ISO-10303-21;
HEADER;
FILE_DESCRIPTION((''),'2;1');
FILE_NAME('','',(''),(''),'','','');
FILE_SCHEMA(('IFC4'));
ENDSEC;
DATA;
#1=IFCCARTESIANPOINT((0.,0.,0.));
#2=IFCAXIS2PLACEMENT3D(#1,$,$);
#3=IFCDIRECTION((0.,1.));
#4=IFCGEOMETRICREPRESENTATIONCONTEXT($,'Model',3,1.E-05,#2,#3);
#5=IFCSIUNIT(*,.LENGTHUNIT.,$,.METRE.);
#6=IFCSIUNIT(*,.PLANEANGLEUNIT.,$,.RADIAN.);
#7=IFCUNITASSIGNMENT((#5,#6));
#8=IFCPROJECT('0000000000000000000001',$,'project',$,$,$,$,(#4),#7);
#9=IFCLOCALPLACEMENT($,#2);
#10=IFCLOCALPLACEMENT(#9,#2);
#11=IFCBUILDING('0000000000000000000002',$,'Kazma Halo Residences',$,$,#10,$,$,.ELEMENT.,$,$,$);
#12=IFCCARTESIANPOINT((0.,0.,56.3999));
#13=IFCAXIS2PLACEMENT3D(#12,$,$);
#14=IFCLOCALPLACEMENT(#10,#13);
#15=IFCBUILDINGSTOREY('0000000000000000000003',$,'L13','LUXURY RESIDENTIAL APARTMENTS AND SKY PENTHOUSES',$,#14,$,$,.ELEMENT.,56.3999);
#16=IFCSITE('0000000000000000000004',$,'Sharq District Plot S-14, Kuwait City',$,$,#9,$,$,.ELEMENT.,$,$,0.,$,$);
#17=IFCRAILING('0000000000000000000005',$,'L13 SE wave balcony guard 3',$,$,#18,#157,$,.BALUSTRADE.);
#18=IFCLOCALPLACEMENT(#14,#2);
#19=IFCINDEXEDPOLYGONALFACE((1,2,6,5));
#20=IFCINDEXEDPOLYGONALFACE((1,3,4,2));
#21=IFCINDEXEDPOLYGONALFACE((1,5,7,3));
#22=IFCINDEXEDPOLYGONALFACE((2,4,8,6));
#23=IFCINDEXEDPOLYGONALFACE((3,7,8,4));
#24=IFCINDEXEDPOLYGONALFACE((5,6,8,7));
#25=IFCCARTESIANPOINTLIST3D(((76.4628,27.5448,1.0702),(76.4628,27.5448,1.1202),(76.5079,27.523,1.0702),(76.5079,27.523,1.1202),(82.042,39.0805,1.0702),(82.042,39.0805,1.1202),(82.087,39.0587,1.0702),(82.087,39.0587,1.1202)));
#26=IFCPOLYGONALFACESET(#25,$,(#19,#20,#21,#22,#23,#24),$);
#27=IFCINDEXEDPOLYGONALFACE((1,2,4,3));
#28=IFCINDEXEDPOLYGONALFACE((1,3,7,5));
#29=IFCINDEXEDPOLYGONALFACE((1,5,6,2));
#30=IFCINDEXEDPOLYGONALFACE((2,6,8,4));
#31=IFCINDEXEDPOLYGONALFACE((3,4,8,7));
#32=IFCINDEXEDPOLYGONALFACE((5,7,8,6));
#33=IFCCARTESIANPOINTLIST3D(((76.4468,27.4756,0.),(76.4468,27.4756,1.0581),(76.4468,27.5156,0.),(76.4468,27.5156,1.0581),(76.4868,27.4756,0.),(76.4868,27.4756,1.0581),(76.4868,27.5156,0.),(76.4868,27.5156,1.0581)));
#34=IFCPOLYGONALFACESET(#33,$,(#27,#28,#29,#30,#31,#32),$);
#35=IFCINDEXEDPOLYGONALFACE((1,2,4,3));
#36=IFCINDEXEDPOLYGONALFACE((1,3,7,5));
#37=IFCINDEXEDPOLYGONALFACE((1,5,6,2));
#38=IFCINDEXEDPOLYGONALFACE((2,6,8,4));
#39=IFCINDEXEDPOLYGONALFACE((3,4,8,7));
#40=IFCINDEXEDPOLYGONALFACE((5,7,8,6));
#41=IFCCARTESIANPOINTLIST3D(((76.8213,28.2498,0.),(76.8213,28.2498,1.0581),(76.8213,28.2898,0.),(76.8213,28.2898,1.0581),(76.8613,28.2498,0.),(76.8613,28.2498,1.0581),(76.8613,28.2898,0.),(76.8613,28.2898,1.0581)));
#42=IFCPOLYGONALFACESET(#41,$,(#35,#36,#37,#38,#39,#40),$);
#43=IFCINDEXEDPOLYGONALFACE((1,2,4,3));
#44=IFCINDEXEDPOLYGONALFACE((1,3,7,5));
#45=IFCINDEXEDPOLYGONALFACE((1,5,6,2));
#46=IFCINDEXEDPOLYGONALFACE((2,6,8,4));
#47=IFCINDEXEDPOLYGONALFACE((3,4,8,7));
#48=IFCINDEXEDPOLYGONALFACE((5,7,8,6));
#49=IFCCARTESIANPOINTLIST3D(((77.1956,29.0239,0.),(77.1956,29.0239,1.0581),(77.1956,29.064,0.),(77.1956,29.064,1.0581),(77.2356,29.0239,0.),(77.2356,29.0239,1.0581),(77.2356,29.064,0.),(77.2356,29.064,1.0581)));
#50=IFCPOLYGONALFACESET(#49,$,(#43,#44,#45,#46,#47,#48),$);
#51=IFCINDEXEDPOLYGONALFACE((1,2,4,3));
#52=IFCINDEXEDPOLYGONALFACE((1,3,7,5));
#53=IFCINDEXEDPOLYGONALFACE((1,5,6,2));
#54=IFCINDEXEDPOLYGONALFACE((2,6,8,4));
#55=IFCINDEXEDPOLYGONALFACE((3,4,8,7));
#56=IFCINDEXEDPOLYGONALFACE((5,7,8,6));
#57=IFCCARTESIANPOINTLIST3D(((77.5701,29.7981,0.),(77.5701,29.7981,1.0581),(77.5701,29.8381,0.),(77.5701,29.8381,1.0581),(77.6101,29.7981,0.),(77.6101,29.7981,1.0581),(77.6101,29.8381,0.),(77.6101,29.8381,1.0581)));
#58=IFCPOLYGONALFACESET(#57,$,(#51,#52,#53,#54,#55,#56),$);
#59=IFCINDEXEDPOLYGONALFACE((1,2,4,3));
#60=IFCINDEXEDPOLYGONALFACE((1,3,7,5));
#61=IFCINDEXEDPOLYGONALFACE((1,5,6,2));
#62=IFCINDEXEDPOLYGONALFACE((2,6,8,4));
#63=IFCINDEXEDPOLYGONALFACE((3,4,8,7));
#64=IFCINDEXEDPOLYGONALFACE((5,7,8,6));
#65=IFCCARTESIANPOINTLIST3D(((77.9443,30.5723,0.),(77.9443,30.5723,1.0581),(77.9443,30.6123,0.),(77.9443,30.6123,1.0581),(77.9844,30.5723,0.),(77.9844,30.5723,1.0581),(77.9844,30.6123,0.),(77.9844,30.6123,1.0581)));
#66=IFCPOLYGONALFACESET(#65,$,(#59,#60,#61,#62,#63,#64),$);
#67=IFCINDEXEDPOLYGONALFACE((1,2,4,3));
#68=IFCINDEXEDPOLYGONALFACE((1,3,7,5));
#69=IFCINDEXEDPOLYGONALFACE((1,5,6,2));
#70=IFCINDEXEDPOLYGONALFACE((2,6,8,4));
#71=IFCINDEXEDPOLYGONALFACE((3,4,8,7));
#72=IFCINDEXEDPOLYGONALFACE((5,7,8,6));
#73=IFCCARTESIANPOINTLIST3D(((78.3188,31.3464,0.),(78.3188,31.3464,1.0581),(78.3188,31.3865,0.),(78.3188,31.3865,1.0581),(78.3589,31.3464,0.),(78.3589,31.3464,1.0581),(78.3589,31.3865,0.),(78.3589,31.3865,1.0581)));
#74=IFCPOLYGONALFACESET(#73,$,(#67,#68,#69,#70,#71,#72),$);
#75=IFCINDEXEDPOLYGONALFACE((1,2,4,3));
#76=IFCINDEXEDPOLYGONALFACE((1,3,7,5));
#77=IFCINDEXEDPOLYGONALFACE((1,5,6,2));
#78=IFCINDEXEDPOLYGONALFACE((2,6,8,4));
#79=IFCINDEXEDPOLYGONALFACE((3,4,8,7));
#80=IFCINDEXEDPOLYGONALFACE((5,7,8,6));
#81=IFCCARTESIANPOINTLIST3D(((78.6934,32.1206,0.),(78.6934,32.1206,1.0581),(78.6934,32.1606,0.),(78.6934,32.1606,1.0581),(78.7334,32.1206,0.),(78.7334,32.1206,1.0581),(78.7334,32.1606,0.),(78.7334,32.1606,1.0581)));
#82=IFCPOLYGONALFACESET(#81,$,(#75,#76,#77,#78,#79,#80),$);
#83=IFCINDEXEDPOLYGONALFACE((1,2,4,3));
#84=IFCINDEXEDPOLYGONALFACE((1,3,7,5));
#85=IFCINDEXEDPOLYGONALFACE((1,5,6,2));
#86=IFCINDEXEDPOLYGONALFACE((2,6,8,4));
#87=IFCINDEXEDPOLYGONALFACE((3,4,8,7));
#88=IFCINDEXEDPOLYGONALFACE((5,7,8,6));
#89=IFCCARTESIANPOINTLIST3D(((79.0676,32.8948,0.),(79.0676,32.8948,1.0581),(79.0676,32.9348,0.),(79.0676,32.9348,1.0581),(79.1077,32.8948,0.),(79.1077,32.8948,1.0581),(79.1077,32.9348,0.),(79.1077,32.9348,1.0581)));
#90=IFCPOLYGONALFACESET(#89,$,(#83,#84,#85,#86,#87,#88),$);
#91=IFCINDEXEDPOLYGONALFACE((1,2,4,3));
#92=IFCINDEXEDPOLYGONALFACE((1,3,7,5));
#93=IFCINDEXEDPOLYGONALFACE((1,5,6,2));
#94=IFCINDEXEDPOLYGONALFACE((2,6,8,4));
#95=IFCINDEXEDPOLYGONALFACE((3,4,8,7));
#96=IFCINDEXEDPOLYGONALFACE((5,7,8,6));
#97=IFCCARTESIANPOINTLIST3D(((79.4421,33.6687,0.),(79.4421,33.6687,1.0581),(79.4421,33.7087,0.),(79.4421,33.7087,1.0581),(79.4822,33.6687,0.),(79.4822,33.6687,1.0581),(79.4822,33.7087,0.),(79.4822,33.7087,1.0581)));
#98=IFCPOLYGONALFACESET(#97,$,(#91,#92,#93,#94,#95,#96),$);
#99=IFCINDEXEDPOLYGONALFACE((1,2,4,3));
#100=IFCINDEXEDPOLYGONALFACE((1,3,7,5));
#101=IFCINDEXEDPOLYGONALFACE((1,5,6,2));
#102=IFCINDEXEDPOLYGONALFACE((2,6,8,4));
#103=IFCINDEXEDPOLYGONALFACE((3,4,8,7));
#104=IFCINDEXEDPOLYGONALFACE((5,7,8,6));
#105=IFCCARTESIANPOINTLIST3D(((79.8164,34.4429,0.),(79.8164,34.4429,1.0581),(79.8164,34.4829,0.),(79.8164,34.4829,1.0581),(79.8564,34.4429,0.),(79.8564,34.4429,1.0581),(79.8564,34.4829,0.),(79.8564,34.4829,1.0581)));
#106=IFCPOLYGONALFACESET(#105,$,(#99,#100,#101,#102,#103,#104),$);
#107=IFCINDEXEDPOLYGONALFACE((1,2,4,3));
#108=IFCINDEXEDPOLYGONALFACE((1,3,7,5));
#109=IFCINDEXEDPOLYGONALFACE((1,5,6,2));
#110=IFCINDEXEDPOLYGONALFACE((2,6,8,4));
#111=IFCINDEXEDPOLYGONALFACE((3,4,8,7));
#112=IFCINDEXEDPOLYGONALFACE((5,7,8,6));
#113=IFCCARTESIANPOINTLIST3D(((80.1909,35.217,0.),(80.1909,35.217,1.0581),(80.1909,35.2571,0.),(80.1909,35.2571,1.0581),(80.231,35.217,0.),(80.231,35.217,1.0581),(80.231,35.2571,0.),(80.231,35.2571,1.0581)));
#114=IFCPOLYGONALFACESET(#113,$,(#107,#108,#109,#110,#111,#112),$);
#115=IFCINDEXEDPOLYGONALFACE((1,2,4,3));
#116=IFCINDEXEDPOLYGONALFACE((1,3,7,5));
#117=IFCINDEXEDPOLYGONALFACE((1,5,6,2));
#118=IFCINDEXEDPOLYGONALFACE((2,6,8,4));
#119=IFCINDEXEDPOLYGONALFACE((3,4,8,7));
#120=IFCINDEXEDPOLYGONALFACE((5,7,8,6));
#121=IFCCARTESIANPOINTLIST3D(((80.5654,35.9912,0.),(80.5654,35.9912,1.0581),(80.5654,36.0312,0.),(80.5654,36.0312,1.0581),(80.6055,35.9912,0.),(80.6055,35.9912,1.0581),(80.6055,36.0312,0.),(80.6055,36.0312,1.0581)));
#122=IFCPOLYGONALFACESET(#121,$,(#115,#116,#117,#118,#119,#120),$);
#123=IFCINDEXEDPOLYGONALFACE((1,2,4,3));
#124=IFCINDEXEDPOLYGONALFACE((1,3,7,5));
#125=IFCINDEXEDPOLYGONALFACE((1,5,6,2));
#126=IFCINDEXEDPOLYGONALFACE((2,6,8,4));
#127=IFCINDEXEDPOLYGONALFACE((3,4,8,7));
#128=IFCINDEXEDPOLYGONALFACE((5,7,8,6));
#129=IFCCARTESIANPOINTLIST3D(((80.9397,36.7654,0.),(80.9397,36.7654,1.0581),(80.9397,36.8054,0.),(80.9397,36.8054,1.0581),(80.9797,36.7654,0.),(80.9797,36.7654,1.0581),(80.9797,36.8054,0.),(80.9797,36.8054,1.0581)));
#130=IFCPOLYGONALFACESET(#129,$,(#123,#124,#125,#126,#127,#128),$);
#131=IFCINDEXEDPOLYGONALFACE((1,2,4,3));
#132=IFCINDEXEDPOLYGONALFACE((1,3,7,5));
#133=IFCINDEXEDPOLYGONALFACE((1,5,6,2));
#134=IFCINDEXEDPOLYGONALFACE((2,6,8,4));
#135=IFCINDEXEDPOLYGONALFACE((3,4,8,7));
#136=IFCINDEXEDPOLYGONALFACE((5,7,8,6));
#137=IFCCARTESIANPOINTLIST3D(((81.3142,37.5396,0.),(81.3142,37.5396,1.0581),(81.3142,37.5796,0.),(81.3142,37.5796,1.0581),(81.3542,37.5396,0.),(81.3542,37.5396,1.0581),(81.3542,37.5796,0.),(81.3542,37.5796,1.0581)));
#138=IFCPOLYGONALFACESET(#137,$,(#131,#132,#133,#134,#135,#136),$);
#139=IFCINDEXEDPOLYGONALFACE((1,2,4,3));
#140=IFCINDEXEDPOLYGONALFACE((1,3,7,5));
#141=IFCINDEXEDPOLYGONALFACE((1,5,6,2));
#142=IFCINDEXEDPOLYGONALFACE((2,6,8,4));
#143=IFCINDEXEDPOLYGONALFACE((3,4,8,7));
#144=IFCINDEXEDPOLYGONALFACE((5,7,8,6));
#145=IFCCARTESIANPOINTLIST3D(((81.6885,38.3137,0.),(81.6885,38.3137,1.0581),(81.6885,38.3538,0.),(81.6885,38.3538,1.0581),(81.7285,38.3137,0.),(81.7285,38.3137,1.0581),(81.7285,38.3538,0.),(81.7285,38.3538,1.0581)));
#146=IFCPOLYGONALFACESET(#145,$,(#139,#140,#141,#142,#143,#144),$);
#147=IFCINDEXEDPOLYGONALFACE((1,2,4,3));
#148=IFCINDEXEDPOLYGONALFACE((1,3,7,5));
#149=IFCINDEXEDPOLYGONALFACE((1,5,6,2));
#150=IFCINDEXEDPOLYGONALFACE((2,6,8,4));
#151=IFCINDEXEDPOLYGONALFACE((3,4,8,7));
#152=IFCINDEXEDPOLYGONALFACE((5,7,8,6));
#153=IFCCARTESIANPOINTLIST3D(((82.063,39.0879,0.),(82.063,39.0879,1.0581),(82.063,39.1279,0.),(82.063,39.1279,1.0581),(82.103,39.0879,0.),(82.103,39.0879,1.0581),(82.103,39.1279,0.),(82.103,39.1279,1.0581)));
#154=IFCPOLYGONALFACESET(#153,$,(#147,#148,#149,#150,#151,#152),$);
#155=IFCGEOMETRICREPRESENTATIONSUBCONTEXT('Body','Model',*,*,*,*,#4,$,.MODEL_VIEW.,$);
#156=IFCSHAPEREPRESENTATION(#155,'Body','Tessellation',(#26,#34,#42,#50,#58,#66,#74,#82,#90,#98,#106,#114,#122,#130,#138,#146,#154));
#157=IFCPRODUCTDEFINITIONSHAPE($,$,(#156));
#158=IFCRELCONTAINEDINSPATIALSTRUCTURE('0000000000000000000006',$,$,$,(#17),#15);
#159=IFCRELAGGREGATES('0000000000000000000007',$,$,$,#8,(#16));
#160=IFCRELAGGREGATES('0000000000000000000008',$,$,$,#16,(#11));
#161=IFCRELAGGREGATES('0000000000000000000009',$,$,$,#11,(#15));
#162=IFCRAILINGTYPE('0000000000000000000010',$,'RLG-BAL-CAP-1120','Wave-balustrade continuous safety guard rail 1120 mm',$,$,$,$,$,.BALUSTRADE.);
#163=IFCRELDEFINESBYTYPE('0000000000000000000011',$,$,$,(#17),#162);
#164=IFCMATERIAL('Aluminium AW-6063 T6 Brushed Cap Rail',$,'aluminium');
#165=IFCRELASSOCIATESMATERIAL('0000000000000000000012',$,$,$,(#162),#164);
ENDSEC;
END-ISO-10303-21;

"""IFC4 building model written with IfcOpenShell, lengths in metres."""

from ifc_helpers import new_model, si_unit, direction, frame, origin, origin_2d, place, context, subcontext, project, spatial, rectangle, extrude, material, type_object, element, save


model = new_model("IFC4")

# Units and contexts
model_context = context("Model", 3, precision=1e-05, world=origin(), true_north=direction((0.0, 1.0)))
body_context = subcontext(model_context, "Body", "Model", "MODEL_VIEW")
ifc_project = project(units=[si_unit("LENGTHUNIT", "METRE"), si_unit("PLANEANGLEUNIT", "RADIAN")], contexts=[model_context])

# Site, building, storey
site_placement = place(None, origin())
site = spatial("IfcSite", under=ifc_project, at=site_placement, Name="Sharq District Plot S-14, Kuwait City", CompositionType="ELEMENT", RefElevation=0.0)
building_placement = place(site_placement, origin())
building = spatial("IfcBuilding", under=site, at=building_placement, Name="Kazma Halo Residences", CompositionType="ELEMENT")
storey_placement = place(building_placement, frame((0.0, 0.0, 56.3999)))
storey = spatial("IfcBuildingStorey", under=building, at=storey_placement, Name="L13", Description="LUXURY RESIDENTIAL APARTMENTS AND SKY PENTHOUSES", CompositionType="ELEMENT", Elevation=56.3999)

# Railing
ifc_material_1 = material(Name="Aluminium AW-6063 T6 Brushed Cap Rail", Category="aluminium")
railing_type = type_object("IfcRailingType", Name="RLG-BAL-CAP-1120", Description="Wave-balustrade continuous safety guard rail 1120 mm", PredefinedType="BALUSTRADE", material=ifc_material_1)
railing_1_placement = place(storey_placement, frame((76.4668, 27.4956, 0.0)))
element("IfcRailing", 1, at=railing_1_placement, inside=storey, type_object=railing_type, Name="L13 SE wave balcony guard 3", PredefinedType="BALUSTRADE", context=body_context, shape_type="SweptSolid", body=[
    extrude(rectangle(XDim=0.05, YDim=0.05, at=origin_2d()), frame((0.0186, 0.0383, 1.0952), z_axis=(0.435395, 0.90024, 0.0), x_axis=(-0.90024, 0.435395, 0.0)), (0.0, 0.0, 1.0), 12.814),
    extrude(rectangle(XDim=0.04, YDim=0.04, at=origin_2d()), origin(), (0.0, 0.0, 1.0), 1.0581),
    extrude(rectangle(XDim=0.04, YDim=0.04, at=origin_2d()), frame((0.3745, 0.7742, 0.0)), (0.0, 0.0, 1.0), 1.0581),
    extrude(rectangle(XDim=0.04, YDim=0.04, at=origin_2d()), frame((0.7488, 1.5483, 0.0)), (0.0, 0.0, 1.0), 1.0581),
    extrude(rectangle(XDim=0.04, YDim=0.04, at=origin_2d()), frame((1.1233, 2.3225, 0.0)), (0.0, 0.0, 1.0), 1.0581),
    extrude(rectangle(XDim=0.04, YDim=0.04, at=origin_2d()), frame((1.4976, 3.0967, 0.0)), (0.0, 0.0, 1.0), 1.0581),
    extrude(rectangle(XDim=0.04, YDim=0.04, at=origin_2d()), frame((1.8721, 3.8708, 0.0)), (0.0, 0.0, 1.0), 1.0581),
    extrude(rectangle(XDim=0.04, YDim=0.04, at=origin_2d()), frame((2.2466, 4.645, 0.0)), (0.0, 0.0, 1.0), 1.0581),
    extrude(rectangle(XDim=0.04, YDim=0.04, at=origin_2d()), frame((2.6208, 5.4192, 0.0)), (0.0, 0.0, 1.0), 1.0581),
    extrude(rectangle(XDim=0.04, YDim=0.04, at=origin_2d()), frame((2.9954, 6.1931, 0.0)), (0.0, 0.0, 1.0), 1.0581),
    extrude(rectangle(XDim=0.04, YDim=0.04, at=origin_2d()), frame((3.3696, 6.9673, 0.0)), (0.0, 0.0, 1.0), 1.0581),
    extrude(rectangle(XDim=0.04, YDim=0.04, at=origin_2d()), frame((3.7441, 7.7415, 0.0)), (0.0, 0.0, 1.0), 1.0581),
    extrude(rectangle(XDim=0.04, YDim=0.04, at=origin_2d()), frame((4.1187, 8.5156, 0.0)), (0.0, 0.0, 1.0), 1.0581),
    extrude(rectangle(XDim=0.04, YDim=0.04, at=origin_2d()), frame((4.4929, 9.2898, 0.0)), (0.0, 0.0, 1.0), 1.0581),
    extrude(rectangle(XDim=0.04, YDim=0.04, at=origin_2d()), frame((4.8674, 10.064, 0.0)), (0.0, 0.0, 1.0), 1.0581),
    extrude(rectangle(XDim=0.04, YDim=0.04, at=origin_2d()), frame((5.2417, 10.8381, 0.0)), (0.0, 0.0, 1.0), 1.0581),
    extrude(rectangle(XDim=0.04, YDim=0.04, at=origin_2d()), frame((5.6162, 11.6123, 0.0)), (0.0, 0.0, 1.0), 1.0581),
])

save(model, "model.ifc")
